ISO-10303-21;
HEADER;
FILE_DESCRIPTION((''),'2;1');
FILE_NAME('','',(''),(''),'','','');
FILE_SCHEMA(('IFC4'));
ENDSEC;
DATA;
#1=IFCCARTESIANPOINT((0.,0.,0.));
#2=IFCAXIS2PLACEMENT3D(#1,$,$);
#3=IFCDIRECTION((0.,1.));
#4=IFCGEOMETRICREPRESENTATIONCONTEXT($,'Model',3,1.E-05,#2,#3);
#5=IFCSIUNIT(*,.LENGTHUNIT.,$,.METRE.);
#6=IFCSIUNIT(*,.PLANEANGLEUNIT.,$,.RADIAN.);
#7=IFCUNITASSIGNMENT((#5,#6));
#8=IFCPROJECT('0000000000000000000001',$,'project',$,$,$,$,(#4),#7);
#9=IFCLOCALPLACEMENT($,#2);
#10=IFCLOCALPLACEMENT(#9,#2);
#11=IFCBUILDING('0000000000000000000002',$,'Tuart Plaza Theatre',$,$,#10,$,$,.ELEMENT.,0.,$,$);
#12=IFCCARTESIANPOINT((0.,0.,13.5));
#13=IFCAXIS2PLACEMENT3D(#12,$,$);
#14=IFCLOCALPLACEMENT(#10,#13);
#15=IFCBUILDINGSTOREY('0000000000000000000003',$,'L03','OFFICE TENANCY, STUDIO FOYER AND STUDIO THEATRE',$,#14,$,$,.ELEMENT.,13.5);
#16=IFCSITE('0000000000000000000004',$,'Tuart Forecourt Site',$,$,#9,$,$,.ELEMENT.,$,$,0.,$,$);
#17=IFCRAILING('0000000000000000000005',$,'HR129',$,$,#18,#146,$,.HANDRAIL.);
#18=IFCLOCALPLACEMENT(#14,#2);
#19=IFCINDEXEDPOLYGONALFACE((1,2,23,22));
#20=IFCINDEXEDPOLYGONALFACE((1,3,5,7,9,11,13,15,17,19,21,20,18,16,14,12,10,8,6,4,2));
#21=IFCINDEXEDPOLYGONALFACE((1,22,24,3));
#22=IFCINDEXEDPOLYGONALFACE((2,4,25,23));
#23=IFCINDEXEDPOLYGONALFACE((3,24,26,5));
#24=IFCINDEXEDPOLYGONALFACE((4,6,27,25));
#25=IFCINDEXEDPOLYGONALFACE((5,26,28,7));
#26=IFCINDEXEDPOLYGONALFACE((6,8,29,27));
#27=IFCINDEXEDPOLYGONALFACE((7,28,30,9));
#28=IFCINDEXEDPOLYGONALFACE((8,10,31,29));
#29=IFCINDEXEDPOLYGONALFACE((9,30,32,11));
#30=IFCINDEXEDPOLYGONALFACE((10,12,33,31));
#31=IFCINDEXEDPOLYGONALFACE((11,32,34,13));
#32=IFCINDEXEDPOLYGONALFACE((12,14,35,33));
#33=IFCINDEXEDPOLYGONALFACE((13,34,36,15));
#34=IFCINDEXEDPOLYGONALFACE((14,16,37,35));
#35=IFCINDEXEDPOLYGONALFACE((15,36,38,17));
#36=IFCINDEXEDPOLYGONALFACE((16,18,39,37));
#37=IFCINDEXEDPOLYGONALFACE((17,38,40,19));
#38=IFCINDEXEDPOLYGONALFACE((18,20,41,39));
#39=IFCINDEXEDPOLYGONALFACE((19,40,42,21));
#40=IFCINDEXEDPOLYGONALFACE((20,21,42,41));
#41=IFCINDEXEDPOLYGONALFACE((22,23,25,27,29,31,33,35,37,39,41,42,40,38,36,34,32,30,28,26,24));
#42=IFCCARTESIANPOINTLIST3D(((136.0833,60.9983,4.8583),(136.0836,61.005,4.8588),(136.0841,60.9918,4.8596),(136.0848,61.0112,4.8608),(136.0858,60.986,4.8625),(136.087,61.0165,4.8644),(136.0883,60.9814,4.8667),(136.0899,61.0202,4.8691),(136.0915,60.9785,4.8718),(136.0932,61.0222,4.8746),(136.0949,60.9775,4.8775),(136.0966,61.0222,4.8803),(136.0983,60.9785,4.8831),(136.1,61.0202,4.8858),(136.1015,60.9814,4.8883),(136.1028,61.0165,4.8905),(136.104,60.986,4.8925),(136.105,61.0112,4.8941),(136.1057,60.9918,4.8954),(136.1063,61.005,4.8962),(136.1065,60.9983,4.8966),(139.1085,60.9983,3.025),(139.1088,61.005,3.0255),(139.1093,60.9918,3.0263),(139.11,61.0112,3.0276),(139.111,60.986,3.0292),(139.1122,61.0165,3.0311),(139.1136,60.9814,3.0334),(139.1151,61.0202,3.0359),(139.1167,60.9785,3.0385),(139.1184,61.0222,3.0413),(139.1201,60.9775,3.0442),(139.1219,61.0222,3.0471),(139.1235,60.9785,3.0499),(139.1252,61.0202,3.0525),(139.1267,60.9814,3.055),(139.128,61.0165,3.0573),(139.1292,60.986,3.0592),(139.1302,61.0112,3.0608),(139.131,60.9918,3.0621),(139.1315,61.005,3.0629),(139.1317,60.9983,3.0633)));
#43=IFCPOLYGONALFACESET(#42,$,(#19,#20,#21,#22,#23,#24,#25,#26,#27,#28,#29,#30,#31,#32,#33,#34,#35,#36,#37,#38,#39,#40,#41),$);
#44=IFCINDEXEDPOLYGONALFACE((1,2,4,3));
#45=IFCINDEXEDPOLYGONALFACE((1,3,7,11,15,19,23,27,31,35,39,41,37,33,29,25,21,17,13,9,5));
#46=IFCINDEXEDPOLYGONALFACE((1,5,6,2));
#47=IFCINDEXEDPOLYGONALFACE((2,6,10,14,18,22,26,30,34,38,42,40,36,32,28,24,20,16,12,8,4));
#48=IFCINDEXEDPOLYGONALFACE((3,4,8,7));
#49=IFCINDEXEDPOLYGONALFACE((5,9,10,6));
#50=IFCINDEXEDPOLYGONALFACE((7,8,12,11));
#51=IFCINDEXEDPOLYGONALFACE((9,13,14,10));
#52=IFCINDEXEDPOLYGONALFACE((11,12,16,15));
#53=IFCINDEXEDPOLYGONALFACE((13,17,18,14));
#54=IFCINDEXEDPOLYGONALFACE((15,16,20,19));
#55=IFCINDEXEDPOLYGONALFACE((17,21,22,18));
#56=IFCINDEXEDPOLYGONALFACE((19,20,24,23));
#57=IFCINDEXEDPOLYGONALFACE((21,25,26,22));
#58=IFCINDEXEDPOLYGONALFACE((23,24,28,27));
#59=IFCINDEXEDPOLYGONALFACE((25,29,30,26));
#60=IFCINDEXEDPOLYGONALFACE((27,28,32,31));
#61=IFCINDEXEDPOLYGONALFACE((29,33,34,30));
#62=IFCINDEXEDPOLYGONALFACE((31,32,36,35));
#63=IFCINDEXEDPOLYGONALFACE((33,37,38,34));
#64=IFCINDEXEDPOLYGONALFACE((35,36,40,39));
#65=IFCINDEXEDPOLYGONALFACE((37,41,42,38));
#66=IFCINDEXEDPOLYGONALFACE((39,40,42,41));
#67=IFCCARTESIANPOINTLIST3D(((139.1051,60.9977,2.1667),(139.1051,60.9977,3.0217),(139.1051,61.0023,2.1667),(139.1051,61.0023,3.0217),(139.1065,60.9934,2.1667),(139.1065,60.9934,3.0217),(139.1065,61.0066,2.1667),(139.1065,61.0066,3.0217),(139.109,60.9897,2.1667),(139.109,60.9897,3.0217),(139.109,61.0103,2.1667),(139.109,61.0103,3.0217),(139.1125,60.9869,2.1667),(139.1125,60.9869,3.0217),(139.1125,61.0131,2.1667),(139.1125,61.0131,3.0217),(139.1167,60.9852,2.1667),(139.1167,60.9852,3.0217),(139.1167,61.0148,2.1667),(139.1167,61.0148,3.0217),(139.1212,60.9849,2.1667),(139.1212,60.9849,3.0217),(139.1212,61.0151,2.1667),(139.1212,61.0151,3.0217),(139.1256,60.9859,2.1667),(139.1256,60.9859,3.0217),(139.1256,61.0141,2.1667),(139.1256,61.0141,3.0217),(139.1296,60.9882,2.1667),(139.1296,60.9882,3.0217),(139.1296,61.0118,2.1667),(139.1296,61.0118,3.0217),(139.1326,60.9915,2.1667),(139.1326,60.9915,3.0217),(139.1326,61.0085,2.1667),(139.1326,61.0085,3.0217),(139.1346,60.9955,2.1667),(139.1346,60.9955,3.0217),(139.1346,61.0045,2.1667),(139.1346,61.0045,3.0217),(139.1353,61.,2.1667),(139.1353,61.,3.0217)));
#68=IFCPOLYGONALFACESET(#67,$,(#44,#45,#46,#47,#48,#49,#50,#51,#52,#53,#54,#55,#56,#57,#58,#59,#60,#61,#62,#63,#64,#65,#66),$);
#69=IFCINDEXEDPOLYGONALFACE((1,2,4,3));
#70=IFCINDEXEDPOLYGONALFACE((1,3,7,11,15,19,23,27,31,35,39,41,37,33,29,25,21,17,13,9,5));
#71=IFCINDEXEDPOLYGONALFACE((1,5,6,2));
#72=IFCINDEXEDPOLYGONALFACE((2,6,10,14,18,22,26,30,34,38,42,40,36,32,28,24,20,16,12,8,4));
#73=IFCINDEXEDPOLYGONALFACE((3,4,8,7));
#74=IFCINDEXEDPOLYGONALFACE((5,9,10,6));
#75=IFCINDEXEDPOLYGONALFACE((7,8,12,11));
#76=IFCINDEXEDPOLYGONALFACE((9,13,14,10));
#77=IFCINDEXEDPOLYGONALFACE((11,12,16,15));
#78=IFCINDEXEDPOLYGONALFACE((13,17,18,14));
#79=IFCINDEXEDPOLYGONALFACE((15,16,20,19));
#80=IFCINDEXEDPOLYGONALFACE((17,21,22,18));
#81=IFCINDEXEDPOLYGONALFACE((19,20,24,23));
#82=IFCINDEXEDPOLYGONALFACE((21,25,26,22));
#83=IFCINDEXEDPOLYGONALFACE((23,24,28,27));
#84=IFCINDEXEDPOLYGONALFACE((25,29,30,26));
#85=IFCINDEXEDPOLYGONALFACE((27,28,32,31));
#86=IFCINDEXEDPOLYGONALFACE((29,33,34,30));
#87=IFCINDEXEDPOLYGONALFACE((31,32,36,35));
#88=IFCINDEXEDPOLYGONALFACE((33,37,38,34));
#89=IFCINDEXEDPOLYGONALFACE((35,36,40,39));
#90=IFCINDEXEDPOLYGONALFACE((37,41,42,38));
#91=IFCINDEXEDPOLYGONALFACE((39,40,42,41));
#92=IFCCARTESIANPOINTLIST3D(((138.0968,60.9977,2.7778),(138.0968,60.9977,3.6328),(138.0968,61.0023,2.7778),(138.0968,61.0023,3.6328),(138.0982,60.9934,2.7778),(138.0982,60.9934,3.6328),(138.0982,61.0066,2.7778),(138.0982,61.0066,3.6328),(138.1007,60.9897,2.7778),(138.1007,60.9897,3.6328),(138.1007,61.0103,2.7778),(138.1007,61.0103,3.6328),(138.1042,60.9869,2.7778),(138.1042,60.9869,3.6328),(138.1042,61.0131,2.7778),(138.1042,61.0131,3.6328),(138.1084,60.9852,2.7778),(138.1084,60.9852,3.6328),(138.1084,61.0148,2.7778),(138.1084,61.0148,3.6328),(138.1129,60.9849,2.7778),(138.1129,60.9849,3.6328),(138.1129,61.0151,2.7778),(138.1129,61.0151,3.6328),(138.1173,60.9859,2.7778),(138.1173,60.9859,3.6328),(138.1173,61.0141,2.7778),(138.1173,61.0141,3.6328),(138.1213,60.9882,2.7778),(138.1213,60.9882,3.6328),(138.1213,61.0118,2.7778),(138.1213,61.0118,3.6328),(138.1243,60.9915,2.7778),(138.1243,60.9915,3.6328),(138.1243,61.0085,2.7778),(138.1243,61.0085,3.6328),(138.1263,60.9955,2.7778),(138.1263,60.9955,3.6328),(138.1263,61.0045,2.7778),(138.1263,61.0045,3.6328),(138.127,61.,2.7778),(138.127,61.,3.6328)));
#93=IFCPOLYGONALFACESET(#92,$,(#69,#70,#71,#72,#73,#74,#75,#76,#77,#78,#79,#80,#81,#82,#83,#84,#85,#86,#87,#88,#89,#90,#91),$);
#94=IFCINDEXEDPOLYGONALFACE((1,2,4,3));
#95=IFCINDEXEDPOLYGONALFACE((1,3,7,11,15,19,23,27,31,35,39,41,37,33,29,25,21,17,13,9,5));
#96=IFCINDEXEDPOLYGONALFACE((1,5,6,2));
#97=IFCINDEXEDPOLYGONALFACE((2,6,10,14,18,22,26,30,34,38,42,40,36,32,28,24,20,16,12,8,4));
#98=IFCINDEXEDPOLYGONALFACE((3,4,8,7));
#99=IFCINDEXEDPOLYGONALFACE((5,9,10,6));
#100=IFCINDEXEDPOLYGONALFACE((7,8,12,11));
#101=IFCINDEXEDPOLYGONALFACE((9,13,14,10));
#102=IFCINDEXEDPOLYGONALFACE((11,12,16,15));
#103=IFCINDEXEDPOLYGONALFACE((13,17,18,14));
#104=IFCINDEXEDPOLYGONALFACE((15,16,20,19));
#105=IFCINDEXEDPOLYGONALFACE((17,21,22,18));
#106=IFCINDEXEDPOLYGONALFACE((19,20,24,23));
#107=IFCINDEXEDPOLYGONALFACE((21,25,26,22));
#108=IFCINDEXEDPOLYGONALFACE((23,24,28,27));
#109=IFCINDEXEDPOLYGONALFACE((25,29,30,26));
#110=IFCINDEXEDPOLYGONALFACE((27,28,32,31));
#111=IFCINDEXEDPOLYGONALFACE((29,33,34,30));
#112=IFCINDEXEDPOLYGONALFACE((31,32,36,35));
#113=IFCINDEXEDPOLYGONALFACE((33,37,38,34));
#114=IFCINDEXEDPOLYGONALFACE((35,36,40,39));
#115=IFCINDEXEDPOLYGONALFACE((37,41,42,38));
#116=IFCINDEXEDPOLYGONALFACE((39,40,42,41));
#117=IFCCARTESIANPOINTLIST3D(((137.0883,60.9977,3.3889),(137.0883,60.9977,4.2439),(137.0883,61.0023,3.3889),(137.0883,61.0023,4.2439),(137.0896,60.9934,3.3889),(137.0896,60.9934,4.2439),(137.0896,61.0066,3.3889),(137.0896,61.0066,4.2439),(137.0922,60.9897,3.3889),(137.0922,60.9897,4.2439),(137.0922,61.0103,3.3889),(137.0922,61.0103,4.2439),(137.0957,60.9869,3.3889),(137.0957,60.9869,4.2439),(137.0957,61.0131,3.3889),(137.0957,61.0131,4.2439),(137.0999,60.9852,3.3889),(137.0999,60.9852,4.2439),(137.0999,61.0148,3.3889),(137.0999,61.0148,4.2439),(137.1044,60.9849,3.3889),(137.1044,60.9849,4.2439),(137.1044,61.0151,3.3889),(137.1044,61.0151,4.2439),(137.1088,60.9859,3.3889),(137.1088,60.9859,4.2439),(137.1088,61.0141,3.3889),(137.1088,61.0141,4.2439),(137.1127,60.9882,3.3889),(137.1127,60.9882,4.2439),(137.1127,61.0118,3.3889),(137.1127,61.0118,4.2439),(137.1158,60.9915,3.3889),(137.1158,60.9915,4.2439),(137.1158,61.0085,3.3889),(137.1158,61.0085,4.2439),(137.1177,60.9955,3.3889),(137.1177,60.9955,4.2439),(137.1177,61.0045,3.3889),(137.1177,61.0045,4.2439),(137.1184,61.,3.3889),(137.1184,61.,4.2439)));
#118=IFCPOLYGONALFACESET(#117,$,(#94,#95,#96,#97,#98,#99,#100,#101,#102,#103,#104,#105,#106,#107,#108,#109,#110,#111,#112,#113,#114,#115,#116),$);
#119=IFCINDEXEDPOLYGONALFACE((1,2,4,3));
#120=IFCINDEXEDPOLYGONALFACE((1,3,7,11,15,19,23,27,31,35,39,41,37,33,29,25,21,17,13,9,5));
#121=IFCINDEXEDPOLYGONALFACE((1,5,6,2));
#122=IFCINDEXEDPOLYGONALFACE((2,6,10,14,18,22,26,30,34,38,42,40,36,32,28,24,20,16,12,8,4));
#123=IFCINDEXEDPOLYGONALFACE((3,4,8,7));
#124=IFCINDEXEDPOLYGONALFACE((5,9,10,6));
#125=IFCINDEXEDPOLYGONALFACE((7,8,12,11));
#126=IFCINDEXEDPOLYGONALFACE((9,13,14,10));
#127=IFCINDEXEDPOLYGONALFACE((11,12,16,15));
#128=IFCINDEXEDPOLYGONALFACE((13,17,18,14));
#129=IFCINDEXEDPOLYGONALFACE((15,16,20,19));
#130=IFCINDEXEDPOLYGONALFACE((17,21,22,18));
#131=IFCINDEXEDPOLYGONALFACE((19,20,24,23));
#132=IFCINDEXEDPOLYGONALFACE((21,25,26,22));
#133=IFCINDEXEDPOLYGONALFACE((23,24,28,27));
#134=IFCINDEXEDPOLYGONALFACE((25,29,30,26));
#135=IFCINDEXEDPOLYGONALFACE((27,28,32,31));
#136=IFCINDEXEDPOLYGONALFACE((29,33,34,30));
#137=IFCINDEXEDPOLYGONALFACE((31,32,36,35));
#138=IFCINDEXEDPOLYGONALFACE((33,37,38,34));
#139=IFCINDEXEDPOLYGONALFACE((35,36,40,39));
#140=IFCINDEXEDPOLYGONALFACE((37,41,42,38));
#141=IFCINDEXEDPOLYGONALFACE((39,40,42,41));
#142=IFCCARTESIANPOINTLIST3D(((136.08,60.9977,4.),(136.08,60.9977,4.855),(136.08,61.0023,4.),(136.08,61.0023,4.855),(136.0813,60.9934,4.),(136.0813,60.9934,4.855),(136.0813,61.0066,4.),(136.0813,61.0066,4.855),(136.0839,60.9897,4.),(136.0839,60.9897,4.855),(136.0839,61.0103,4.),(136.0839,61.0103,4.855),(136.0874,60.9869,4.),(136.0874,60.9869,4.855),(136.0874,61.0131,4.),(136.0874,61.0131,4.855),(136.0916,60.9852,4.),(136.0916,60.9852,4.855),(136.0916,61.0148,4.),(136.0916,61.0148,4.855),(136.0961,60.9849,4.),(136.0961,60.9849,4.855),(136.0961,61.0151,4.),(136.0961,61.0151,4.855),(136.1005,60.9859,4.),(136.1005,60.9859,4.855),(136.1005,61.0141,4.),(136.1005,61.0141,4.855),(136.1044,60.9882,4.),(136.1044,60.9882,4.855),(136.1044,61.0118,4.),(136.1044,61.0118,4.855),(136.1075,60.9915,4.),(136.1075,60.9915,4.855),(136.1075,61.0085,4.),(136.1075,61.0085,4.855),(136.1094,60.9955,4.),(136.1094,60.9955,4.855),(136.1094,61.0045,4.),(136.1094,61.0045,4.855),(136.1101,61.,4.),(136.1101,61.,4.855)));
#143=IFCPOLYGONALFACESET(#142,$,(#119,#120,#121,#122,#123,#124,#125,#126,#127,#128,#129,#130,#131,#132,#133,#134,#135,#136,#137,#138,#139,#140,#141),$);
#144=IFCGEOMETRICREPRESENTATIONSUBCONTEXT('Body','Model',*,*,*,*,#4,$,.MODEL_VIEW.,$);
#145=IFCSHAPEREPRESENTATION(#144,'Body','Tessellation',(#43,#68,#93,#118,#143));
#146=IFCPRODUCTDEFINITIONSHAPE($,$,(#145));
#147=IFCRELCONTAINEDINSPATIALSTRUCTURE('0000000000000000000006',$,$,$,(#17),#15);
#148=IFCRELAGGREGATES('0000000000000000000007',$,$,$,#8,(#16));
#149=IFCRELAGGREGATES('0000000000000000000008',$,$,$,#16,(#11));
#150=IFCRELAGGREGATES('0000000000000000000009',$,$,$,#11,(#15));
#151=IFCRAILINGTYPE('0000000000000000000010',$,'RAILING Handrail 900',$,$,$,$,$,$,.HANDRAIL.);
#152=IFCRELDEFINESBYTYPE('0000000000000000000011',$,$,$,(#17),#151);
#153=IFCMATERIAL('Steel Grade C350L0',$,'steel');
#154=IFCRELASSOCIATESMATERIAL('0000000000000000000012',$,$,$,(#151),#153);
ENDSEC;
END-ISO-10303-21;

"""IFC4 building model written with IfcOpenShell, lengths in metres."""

from ifc_helpers import new_model, si_unit, direction, frame, origin, origin_2d, place, context, subcontext, project, spatial, circle, extrude, material, type_object, element, save


model = new_model("IFC4")

# Units and contexts
model_context = context("Model", 3, precision=1e-05, world=origin(), true_north=direction((0.0, 1.0)))
body_context = subcontext(model_context, "Body", "Model", "MODEL_VIEW")
ifc_project = project(units=[si_unit("LENGTHUNIT", "METRE"), si_unit("PLANEANGLEUNIT", "RADIAN")], contexts=[model_context])

# Site, building, storey
site_placement = place(None, origin())
site = spatial("IfcSite", under=ifc_project, at=site_placement, Name="Tuart Forecourt Site", CompositionType="ELEMENT", RefElevation=0.0)
building_placement = place(site_placement, origin())
building = spatial("IfcBuilding", under=site, at=building_placement, Name="Tuart Plaza Theatre", CompositionType="ELEMENT", ElevationOfRefHeight=0.0)
storey_placement = place(building_placement, frame((0.0, 0.0, 13.5)))
storey = spatial("IfcBuildingStorey", under=building, at=storey_placement, Name="L03", Description="OFFICE TENANCY, STUDIO FOYER AND STUDIO THEATRE", CompositionType="ELEMENT", Elevation=13.5)

# Railing
ifc_material_1 = material(Name="Steel Grade C350L0", Category="steel")
railing_type_1 = type_object("IfcRailingType", Name="RAILING Handrail 900", PredefinedType="HANDRAIL", material=ifc_material_1)
for number, where, name in (
    (1, (139.1201, 61.0, 2.1667), "HR129"),
):
    element("IfcRailing", number, at=place(storey_placement, frame(where)), inside=storey, type_object=railing_type_1, Name=name, PredefinedType="HANDRAIL", context=body_context, shape_type="SweptSolid", body=[
        extrude(circle(Radius=0.0225, at=origin_2d()), frame((0.0, 0.0, 0.8774), z_axis=(-0.855219, 0.0, 0.518267), x_axis=(0.0, -1.0, 0.0)), (0.0, 0.0, 1.0), 3.5374),
        extrude(circle(Radius=0.0151, at=origin_2d()), origin(), (0.0, 0.0, 1.0), 0.855),
        extrude(circle(Radius=0.0151, at=origin_2d()), frame((-1.0083, 0.0, 0.6111)), (0.0, 0.0, 1.0), 0.855),
        extrude(circle(Radius=0.0151, at=origin_2d()), frame((-2.0168, 0.0, 1.2222)), (0.0, 0.0, 1.0), 0.855),
        extrude(circle(Radius=0.0151, at=origin_2d()), frame((-3.0251, 0.0, 1.8333)), (0.0, 0.0, 1.0), 0.855),
    ])

save(model, "model.ifc")
